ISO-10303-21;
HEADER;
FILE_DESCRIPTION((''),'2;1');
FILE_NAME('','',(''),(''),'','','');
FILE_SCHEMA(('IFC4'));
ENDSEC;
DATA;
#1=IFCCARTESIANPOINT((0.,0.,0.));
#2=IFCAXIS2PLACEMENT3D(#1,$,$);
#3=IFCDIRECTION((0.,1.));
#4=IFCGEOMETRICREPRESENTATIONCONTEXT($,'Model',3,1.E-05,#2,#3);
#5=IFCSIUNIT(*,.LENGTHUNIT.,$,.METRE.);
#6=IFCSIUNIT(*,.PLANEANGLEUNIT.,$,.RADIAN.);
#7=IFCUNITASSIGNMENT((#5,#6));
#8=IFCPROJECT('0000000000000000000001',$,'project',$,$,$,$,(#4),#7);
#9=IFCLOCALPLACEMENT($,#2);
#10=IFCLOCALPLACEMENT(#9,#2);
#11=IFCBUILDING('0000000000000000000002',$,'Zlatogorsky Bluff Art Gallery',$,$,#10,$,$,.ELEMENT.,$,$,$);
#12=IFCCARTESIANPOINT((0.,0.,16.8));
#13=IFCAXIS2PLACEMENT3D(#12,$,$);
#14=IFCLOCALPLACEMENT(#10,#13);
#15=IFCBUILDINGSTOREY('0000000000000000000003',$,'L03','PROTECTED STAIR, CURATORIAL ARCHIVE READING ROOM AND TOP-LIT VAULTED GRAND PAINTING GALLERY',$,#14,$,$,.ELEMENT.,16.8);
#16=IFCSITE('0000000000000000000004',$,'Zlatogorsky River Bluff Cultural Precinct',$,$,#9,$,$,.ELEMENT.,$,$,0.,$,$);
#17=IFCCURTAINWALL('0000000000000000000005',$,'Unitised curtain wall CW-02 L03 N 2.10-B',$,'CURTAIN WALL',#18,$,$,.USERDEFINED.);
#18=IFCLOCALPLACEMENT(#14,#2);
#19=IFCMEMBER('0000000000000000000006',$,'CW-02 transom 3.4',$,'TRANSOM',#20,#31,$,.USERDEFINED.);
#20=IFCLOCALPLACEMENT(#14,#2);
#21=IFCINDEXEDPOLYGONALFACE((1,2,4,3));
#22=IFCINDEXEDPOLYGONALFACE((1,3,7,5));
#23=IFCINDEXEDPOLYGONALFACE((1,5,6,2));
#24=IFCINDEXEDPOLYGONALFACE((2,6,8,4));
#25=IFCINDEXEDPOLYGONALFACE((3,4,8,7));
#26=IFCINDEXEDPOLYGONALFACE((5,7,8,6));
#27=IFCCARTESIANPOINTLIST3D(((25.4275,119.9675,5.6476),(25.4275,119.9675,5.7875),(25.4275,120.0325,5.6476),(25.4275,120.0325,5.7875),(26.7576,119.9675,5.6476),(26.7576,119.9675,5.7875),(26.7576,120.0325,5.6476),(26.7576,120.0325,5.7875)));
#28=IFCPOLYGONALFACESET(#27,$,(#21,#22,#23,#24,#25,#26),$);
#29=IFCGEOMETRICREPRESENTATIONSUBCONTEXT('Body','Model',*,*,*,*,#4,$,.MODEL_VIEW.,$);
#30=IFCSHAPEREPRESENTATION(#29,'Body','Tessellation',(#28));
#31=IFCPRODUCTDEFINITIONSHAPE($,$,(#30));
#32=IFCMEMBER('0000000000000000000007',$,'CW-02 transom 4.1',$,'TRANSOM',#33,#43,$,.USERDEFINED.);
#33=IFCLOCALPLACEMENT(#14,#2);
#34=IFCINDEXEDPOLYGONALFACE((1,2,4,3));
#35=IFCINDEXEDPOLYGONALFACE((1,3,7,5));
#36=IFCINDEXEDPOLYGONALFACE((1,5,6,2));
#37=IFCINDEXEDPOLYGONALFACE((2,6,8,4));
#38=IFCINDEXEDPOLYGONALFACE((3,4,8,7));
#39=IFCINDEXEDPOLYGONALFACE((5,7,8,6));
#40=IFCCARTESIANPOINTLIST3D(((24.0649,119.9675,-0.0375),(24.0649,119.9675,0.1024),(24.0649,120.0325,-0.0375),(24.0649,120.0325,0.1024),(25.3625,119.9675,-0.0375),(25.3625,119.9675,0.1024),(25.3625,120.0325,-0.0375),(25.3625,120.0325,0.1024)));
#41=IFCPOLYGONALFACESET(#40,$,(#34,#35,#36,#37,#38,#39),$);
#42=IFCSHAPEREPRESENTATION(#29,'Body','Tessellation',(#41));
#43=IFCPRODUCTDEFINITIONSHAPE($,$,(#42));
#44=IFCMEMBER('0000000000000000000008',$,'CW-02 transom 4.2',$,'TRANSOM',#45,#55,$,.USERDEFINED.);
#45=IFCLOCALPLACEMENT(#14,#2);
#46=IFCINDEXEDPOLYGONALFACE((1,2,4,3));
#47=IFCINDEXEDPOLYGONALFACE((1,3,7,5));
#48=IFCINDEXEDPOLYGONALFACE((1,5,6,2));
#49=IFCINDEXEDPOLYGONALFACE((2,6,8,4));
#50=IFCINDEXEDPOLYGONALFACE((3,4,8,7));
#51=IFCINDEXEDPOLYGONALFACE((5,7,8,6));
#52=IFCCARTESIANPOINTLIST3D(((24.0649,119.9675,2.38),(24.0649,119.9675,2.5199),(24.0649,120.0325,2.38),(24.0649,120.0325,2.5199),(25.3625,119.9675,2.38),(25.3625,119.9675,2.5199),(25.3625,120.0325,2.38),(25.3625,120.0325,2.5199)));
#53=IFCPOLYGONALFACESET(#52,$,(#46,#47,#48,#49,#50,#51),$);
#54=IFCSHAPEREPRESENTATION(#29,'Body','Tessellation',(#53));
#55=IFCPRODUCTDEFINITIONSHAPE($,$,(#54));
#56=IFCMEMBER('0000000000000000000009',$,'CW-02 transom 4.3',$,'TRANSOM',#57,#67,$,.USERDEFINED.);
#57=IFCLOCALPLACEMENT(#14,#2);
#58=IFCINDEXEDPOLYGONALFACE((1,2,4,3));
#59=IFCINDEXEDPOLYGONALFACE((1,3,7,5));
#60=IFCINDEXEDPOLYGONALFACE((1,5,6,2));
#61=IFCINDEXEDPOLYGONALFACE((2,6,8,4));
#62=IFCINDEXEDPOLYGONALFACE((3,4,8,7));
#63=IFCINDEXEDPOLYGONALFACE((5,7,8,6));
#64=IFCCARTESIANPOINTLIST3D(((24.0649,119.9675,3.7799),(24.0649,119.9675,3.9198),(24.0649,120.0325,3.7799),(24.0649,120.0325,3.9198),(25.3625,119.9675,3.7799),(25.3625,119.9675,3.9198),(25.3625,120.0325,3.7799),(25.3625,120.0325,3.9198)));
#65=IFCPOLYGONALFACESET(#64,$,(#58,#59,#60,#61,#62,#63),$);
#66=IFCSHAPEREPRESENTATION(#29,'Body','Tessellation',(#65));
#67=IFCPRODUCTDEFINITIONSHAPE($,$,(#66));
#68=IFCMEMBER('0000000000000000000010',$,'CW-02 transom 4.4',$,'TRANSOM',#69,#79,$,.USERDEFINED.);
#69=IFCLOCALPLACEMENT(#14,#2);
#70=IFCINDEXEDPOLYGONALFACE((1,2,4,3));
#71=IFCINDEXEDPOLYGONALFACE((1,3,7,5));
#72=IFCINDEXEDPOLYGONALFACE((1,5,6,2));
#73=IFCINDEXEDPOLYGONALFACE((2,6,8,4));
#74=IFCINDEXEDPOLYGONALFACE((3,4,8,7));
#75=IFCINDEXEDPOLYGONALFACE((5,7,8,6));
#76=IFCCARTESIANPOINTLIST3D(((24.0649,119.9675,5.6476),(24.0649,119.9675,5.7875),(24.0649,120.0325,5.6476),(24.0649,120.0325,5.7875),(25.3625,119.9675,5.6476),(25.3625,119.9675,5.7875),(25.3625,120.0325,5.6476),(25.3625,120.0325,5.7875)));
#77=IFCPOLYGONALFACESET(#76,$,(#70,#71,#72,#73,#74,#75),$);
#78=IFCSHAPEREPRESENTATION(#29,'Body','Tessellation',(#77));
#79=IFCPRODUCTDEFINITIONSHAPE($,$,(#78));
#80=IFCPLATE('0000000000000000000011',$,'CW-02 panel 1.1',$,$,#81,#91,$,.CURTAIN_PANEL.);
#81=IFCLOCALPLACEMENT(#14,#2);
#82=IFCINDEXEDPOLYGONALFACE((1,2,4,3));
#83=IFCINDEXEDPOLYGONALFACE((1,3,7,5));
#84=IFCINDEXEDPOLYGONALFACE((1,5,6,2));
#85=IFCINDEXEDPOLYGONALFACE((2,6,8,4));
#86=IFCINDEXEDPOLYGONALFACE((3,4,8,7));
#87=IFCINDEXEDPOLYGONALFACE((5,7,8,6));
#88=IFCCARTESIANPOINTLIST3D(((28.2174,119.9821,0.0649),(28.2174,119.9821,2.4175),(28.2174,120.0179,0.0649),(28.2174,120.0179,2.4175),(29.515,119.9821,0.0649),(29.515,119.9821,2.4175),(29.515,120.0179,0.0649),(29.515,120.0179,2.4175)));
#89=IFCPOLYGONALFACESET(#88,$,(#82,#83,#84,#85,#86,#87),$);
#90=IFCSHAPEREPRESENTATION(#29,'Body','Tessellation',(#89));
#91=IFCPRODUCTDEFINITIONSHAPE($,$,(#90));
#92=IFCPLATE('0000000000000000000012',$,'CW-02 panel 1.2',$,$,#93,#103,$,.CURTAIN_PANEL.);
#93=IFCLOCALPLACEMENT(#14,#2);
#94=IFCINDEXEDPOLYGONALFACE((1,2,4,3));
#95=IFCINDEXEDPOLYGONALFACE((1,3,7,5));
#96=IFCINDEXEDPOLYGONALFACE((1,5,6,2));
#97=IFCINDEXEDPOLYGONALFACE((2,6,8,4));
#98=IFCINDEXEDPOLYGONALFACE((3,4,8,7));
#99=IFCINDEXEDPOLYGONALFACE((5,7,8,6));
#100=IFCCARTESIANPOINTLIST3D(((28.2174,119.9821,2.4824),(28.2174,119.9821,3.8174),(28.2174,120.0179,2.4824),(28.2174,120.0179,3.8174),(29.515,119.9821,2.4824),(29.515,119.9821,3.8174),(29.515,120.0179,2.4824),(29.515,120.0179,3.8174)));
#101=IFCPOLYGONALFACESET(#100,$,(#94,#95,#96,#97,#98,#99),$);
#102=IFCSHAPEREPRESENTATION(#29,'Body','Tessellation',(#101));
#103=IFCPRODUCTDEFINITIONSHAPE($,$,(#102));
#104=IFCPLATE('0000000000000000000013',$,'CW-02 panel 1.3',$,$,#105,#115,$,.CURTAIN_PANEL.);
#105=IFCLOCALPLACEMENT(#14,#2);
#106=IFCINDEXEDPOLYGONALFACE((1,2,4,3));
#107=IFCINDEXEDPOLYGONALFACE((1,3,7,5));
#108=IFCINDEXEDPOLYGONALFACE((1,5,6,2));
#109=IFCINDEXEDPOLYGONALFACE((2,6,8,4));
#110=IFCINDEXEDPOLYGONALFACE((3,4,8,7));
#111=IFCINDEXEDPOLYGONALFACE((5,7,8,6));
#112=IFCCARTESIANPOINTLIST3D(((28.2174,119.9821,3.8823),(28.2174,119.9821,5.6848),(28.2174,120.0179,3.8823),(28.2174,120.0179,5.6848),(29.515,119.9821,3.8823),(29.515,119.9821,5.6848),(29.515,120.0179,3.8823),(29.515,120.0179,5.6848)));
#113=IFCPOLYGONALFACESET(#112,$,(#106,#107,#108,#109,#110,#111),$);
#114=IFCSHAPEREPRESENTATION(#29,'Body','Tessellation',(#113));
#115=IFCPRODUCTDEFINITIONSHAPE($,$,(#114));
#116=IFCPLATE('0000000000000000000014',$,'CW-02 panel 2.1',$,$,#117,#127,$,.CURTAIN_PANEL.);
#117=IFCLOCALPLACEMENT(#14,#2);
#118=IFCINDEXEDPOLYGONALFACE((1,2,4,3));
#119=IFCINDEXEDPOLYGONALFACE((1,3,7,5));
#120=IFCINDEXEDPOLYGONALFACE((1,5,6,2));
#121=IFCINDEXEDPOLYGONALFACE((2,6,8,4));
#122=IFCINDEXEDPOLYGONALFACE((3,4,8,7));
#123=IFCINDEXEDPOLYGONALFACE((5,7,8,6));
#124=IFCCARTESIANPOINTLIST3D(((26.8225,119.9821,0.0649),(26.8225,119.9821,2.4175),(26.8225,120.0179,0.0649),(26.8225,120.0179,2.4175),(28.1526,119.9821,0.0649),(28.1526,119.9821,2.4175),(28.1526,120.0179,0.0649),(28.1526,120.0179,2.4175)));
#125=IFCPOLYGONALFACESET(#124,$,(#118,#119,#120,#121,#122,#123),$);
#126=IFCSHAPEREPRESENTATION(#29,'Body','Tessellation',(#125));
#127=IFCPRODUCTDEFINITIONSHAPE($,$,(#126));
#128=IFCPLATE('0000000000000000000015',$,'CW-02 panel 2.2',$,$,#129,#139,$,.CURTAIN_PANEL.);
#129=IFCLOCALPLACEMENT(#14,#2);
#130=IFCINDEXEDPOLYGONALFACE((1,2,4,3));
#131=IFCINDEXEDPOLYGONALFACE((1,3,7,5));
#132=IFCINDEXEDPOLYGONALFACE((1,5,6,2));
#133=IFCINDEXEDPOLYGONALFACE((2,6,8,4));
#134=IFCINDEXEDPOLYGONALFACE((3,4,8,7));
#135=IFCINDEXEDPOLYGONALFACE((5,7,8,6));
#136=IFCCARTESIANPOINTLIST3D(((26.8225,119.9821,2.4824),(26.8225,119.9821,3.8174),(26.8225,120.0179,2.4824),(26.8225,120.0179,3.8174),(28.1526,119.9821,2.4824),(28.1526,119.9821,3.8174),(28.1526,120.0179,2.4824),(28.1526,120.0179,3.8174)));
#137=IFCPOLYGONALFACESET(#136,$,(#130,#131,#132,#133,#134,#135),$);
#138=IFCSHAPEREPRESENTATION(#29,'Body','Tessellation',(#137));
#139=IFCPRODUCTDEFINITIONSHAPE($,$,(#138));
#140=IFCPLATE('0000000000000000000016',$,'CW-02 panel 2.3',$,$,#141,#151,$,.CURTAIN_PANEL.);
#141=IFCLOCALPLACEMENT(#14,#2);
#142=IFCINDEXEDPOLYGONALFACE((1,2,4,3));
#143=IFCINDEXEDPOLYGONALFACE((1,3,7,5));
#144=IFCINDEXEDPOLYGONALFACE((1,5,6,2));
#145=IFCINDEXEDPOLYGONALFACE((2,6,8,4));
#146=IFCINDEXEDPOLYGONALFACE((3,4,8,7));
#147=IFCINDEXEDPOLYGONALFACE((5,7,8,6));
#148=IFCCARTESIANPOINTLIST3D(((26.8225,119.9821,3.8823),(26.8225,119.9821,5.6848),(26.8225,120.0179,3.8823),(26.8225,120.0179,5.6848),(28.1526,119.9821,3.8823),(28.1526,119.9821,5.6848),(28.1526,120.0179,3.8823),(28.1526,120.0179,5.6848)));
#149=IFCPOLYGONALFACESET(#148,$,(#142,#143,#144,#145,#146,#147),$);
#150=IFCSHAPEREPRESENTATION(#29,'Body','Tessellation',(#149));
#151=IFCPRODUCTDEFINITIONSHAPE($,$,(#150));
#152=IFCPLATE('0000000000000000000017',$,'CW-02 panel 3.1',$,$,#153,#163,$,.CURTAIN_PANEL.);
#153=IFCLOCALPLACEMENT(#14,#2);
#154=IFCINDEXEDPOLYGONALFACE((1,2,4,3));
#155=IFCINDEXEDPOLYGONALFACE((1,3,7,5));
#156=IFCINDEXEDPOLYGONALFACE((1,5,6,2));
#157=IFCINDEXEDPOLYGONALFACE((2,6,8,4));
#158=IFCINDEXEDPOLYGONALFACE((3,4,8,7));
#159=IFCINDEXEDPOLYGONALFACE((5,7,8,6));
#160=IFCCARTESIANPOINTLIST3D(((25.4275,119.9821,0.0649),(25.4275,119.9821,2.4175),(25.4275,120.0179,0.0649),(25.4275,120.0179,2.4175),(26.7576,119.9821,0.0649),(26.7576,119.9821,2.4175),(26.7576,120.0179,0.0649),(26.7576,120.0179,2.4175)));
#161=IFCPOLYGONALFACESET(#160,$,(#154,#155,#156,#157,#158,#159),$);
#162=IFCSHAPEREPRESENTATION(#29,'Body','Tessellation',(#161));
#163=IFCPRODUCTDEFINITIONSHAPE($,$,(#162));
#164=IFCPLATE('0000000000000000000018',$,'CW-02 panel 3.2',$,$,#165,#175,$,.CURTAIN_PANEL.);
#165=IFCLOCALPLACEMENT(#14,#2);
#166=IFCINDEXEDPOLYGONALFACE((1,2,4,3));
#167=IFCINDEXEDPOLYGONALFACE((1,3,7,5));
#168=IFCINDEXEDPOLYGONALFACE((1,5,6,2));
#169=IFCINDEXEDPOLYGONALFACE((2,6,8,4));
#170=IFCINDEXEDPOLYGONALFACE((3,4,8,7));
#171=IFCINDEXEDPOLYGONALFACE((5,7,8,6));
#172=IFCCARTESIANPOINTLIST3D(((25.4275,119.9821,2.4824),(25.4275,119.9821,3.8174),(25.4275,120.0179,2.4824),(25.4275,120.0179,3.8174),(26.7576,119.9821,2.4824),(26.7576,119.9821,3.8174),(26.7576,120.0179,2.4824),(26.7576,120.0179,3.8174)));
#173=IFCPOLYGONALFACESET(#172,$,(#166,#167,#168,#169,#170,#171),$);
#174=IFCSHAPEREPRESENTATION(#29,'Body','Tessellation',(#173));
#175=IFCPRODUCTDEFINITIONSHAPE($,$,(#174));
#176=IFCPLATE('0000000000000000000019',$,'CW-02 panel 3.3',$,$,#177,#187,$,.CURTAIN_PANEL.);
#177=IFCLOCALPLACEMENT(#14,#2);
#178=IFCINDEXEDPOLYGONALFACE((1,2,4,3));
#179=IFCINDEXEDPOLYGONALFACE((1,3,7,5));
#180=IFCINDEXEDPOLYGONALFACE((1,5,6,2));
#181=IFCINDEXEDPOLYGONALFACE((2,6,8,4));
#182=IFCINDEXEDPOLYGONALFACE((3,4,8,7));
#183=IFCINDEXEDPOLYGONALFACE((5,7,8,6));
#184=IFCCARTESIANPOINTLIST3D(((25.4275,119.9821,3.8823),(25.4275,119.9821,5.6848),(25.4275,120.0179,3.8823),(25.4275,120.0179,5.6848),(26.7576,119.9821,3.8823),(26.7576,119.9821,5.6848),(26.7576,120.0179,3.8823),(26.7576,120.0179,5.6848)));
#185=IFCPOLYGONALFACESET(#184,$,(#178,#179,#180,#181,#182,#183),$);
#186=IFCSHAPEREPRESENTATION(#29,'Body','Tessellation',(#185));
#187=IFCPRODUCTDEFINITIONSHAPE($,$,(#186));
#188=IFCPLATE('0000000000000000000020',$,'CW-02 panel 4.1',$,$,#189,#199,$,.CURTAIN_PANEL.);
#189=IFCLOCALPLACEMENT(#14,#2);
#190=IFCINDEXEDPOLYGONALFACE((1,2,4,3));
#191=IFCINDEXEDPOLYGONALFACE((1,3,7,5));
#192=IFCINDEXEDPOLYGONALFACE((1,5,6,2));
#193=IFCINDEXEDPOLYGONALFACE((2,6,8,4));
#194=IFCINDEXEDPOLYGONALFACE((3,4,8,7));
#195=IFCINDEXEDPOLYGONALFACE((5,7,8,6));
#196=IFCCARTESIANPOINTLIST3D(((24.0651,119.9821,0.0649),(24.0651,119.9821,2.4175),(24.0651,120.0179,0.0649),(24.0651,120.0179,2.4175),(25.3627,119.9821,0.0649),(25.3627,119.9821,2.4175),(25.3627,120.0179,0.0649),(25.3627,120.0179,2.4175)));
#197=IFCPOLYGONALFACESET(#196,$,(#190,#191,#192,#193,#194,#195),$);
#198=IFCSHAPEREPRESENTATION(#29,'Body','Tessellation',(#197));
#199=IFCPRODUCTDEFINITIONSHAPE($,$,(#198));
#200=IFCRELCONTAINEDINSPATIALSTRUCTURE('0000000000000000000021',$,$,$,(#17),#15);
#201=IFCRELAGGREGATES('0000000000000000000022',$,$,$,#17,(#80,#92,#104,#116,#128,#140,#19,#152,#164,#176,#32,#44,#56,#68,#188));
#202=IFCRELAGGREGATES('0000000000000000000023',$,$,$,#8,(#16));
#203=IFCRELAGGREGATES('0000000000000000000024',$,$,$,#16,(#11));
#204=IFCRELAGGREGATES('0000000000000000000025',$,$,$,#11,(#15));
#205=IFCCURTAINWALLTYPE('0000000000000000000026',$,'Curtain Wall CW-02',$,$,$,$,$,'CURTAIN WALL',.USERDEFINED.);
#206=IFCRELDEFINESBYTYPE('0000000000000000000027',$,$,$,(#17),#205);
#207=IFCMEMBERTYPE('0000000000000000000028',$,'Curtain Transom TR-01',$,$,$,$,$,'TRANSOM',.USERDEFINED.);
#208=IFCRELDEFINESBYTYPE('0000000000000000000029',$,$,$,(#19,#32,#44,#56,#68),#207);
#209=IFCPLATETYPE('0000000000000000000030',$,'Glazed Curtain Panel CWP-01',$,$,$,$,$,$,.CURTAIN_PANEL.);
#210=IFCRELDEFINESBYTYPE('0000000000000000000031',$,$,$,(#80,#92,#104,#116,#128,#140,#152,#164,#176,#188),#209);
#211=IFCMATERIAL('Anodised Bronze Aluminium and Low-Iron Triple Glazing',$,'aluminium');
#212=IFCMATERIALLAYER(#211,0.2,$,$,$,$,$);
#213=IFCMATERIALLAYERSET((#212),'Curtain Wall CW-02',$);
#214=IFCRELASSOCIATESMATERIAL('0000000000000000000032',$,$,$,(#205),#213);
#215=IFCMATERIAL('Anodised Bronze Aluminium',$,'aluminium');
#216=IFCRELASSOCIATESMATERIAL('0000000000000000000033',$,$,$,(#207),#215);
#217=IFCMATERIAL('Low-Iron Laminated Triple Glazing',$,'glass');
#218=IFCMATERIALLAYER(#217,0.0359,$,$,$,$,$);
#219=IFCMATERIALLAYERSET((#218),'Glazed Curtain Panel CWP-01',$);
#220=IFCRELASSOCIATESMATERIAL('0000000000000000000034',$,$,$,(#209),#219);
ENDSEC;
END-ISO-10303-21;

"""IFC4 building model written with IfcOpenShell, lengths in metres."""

from ifc_helpers import new_model, si_unit, direction, frame, origin, origin_2d, place, context, subcontext, project, spatial, rectangle, extrude, material, layer, layer_set, material_profile, profile_set, type_object, element, aggregate, save


model = new_model("IFC4")

# Units and contexts
model_context = context("Model", 3, precision=1e-05, world=origin(), true_north=direction((0.0, 1.0)))
body_context = subcontext(model_context, "Body", "Model", "MODEL_VIEW")
ifc_project = project(units=[si_unit("LENGTHUNIT", "METRE"), si_unit("PLANEANGLEUNIT", "RADIAN")], contexts=[model_context])

# Site, building, storey
site_placement = place(None, origin())
site = spatial("IfcSite", under=ifc_project, at=site_placement, Name="Zlatogorsky River Bluff Cultural Precinct", CompositionType="ELEMENT", RefElevation=0.0)
building_placement = place(site_placement, origin())
building = spatial("IfcBuilding", under=site, at=building_placement, Name="Zlatogorsky Bluff Art Gallery", CompositionType="ELEMENT")
storey_placement = place(building_placement, frame((0.0, 0.0, 16.8)))
storey = spatial("IfcBuildingStorey", under=building, at=storey_placement, Name="L03", Description="PROTECTED STAIR, CURATORIAL ARCHIVE READING ROOM AND TOP-LIT VAULTED GRAND PAINTING GALLERY", CompositionType="ELEMENT", Elevation=16.8)

# Curtain wall, members, plates
ifc_material_1 = material(Name="Anodised Bronze Aluminium and Low-Iron Triple Glazing", Category="aluminium")
ifc_layer_1 = layer(ifc_material_1, 0.2)
ifc_layer_set_1 = layer_set([ifc_layer_1], Name="Curtain Wall CW-02")
curtain_wall_type = type_object("IfcCurtainWallType", Name="Curtain Wall CW-02", ElementType="CURTAIN WALL", PredefinedType="USERDEFINED", material=ifc_layer_set_1)
curtain_wall_placement = place(storey_placement, origin())
curtain_wall = element("IfcCurtainWall", 1, at=curtain_wall_placement, inside=storey, type_object=curtain_wall_type, Name="Unitised curtain wall CW-02 L03 N 2.10-B", ObjectType="CURTAIN WALL", PredefinedType="USERDEFINED")
ifc_material_2 = material(Name="Anodised Bronze Aluminium", Category="aluminium")
ifc_material_profile_1 = material_profile(ifc_material_2, rectangle(XDim=0.0649, YDim=0.1399, at=origin_2d()), Name="ALU TRANSOM 65x140")
ifc_profile_set_1 = profile_set([ifc_material_profile_1], Name="Anodised Bronze Aluminium")
member_type_1 = type_object("IfcMemberType", Name="Curtain Transom TR-01", ElementType="TRANSOM", PredefinedType="USERDEFINED", material=ifc_profile_set_1)
member_1_placement = place(storey_placement, frame((26.7576, 120.0, 5.7175), z_axis=(-1.0, 0.0, 0.0), x_axis=(0.0, -1.0, 0.0)))
member_1 = element("IfcMember", 2, at=member_1_placement, type_object=member_type_1, Name="CW-02 transom 3.4", ObjectType="TRANSOM", PredefinedType="USERDEFINED", context=body_context, shape_type="SweptSolid", body=[
    extrude(rectangle(XDim=0.0649, YDim=0.1399, at=origin_2d()), origin(), (0.0, 0.0, 1.0), 1.3301),
])
member_2_placement = place(storey_placement, frame((25.3625, 120.0, 0.0325), z_axis=(-1.0, 0.0, 0.0), x_axis=(0.0, -1.0, 0.0)))
member_2 = element("IfcMember", 3, at=member_2_placement, type_object=member_type_1, Name="CW-02 transom 4.1", ObjectType="TRANSOM", PredefinedType="USERDEFINED", context=body_context, shape_type="SweptSolid", body=[
    extrude(rectangle(XDim=0.0649, YDim=0.1399, at=origin_2d()), origin(), (0.0, 0.0, 1.0), 1.2976),
])
member_3_placement = place(storey_placement, frame((25.3625, 120.0, 2.45), z_axis=(-1.0, 0.0, 0.0), x_axis=(0.0, -1.0, 0.0)))
member_3 = element("IfcMember", 4, at=member_3_placement, type_object=member_type_1, Name="CW-02 transom 4.2", ObjectType="TRANSOM", PredefinedType="USERDEFINED", context=body_context, shape_type="SweptSolid", body=[
    extrude(rectangle(XDim=0.0649, YDim=0.1399, at=origin_2d()), origin(), (0.0, 0.0, 1.0), 1.2976),
])
member_4_placement = place(storey_placement, frame((25.3625, 120.0, 3.8499), z_axis=(-1.0, 0.0, 0.0), x_axis=(0.0, -1.0, 0.0)))
member_4 = element("IfcMember", 5, at=member_4_placement, type_object=member_type_1, Name="CW-02 transom 4.3", ObjectType="TRANSOM", PredefinedType="USERDEFINED", context=body_context, shape_type="SweptSolid", body=[
    extrude(rectangle(XDim=0.0649, YDim=0.1399, at=origin_2d()), origin(), (0.0, 0.0, 1.0), 1.2976),
])
member_5_placement = place(storey_placement, frame((25.3625, 120.0, 5.7175), z_axis=(-1.0, 0.0, 0.0), x_axis=(0.0, -1.0, 0.0)))
member_5 = element("IfcMember", 6, at=member_5_placement, type_object=member_type_1, Name="CW-02 transom 4.4", ObjectType="TRANSOM", PredefinedType="USERDEFINED", context=body_context, shape_type="SweptSolid", body=[
    extrude(rectangle(XDim=0.0649, YDim=0.1399, at=origin_2d()), origin(), (0.0, 0.0, 1.0), 1.2976),
])
ifc_material_3 = material(Name="Low-Iron Laminated Triple Glazing", Category="glass")
ifc_layer_2 = layer(ifc_material_3, 0.0359)
ifc_layer_set_2 = layer_set([ifc_layer_2], Name="Glazed Curtain Panel CWP-01")
plate_type = type_object("IfcPlateType", Name="Glazed Curtain Panel CWP-01", PredefinedType="CURTAIN_PANEL", material=ifc_layer_set_2)
plate_1_placement = place(storey_placement, frame((28.8662, 120.0, 0.0649), z_axis=(0.0, 0.0, 1.0), x_axis=(-1.0, 0.0, 0.0)))
plate_1 = element("IfcPlate", 7, at=plate_1_placement, type_object=plate_type, Name="CW-02 panel 1.1", PredefinedType="CURTAIN_PANEL", context=body_context, shape_type="SweptSolid", body=[
    extrude(rectangle(XDim=1.2976, YDim=0.0359, at=origin_2d()), origin(), (0.0, 0.0, 1.0), 2.3525),
])
plate_2_placement = place(storey_placement, frame((28.8662, 120.0, 2.4824), z_axis=(0.0, 0.0, 1.0), x_axis=(-1.0, 0.0, 0.0)))
plate_2 = element("IfcPlate", 8, at=plate_2_placement, type_object=plate_type, Name="CW-02 panel 1.2", PredefinedType="CURTAIN_PANEL", context=body_context, shape_type="SweptSolid", body=[
    extrude(rectangle(XDim=1.2976, YDim=0.0359, at=origin_2d()), origin(), (0.0, 0.0, 1.0), 1.335),
])
plate_3_placement = place(storey_placement, frame((28.8662, 120.0, 3.8823), z_axis=(0.0, 0.0, 1.0), x_axis=(-1.0, 0.0, 0.0)))
plate_3 = element("IfcPlate", 9, at=plate_3_placement, type_object=plate_type, Name="CW-02 panel 1.3", PredefinedType="CURTAIN_PANEL", context=body_context, shape_type="SweptSolid", body=[
    extrude(rectangle(XDim=1.2976, YDim=0.0359, at=origin_2d()), origin(), (0.0, 0.0, 1.0), 1.8025),
])
plate_4_placement = place(storey_placement, frame((27.4875, 120.0, 0.0649), z_axis=(0.0, 0.0, 1.0), x_axis=(-1.0, 0.0, 0.0)))
plate_4 = element("IfcPlate", 10, at=plate_4_placement, type_object=plate_type, Name="CW-02 panel 2.1", PredefinedType="CURTAIN_PANEL", context=body_context, shape_type="SweptSolid", body=[
    extrude(rectangle(XDim=1.3301, YDim=0.0359, at=origin_2d()), origin(), (0.0, 0.0, 1.0), 2.3525),
])
plate_5_placement = place(storey_placement, frame((27.4875, 120.0, 2.4824), z_axis=(0.0, 0.0, 1.0), x_axis=(-1.0, 0.0, 0.0)))
plate_5 = element("IfcPlate", 11, at=plate_5_placement, type_object=plate_type, Name="CW-02 panel 2.2", PredefinedType="CURTAIN_PANEL", context=body_context, shape_type="SweptSolid", body=[
    extrude(rectangle(XDim=1.3301, YDim=0.0359, at=origin_2d()), origin(), (0.0, 0.0, 1.0), 1.335),
])
plate_6_placement = place(storey_placement, frame((27.4875, 120.0, 3.8823), z_axis=(0.0, 0.0, 1.0), x_axis=(-1.0, 0.0, 0.0)))
plate_6 = element("IfcPlate", 12, at=plate_6_placement, type_object=plate_type, Name="CW-02 panel 2.3", PredefinedType="CURTAIN_PANEL", context=body_context, shape_type="SweptSolid", body=[
    extrude(rectangle(XDim=1.3301, YDim=0.0359, at=origin_2d()), origin(), (0.0, 0.0, 1.0), 1.8025),
])
plate_7_placement = place(storey_placement, frame((26.0925, 120.0, 0.0649), z_axis=(0.0, 0.0, 1.0), x_axis=(-1.0, 0.0, 0.0)))
plate_7 = element("IfcPlate", 13, at=plate_7_placement, type_object=plate_type, Name="CW-02 panel 3.1", PredefinedType="CURTAIN_PANEL", context=body_context, shape_type="SweptSolid", body=[
    extrude(rectangle(XDim=1.3301, YDim=0.0359, at=origin_2d()), origin(), (0.0, 0.0, 1.0), 2.3525),
])
plate_8_placement = place(storey_placement, frame((26.0925, 120.0, 2.4824), z_axis=(0.0, 0.0, 1.0), x_axis=(-1.0, 0.0, 0.0)))
plate_8 = element("IfcPlate", 14, at=plate_8_placement, type_object=plate_type, Name="CW-02 panel 3.2", PredefinedType="CURTAIN_PANEL", context=body_context, shape_type="SweptSolid", body=[
    extrude(rectangle(XDim=1.3301, YDim=0.0359, at=origin_2d()), origin(), (0.0, 0.0, 1.0), 1.335),
])
plate_9_placement = place(storey_placement, frame((26.0925, 120.0, 3.8823), z_axis=(0.0, 0.0, 1.0), x_axis=(-1.0, 0.0, 0.0)))
plate_9 = element("IfcPlate", 15, at=plate_9_placement, type_object=plate_type, Name="CW-02 panel 3.3", PredefinedType="CURTAIN_PANEL", context=body_context, shape_type="SweptSolid", body=[
    extrude(rectangle(XDim=1.3301, YDim=0.0359, at=origin_2d()), origin(), (0.0, 0.0, 1.0), 1.8025),
])
plate_10_placement = place(storey_placement, frame((24.7139, 120.0, 0.0649), z_axis=(0.0, 0.0, 1.0), x_axis=(-1.0, 0.0, 0.0)))
plate_10 = element("IfcPlate", 16, at=plate_10_placement, type_object=plate_type, Name="CW-02 panel 4.1", PredefinedType="CURTAIN_PANEL", context=body_context, shape_type="SweptSolid", body=[
    extrude(rectangle(XDim=1.2976, YDim=0.0359, at=origin_2d()), origin(), (0.0, 0.0, 1.0), 2.3525),
])
aggregate(curtain_wall, [plate_1, plate_2, plate_3, plate_4, plate_5, plate_6, member_1, plate_7, plate_8, plate_9, member_2, member_3, member_4, member_5, plate_10])

save(model, "model.ifc")
